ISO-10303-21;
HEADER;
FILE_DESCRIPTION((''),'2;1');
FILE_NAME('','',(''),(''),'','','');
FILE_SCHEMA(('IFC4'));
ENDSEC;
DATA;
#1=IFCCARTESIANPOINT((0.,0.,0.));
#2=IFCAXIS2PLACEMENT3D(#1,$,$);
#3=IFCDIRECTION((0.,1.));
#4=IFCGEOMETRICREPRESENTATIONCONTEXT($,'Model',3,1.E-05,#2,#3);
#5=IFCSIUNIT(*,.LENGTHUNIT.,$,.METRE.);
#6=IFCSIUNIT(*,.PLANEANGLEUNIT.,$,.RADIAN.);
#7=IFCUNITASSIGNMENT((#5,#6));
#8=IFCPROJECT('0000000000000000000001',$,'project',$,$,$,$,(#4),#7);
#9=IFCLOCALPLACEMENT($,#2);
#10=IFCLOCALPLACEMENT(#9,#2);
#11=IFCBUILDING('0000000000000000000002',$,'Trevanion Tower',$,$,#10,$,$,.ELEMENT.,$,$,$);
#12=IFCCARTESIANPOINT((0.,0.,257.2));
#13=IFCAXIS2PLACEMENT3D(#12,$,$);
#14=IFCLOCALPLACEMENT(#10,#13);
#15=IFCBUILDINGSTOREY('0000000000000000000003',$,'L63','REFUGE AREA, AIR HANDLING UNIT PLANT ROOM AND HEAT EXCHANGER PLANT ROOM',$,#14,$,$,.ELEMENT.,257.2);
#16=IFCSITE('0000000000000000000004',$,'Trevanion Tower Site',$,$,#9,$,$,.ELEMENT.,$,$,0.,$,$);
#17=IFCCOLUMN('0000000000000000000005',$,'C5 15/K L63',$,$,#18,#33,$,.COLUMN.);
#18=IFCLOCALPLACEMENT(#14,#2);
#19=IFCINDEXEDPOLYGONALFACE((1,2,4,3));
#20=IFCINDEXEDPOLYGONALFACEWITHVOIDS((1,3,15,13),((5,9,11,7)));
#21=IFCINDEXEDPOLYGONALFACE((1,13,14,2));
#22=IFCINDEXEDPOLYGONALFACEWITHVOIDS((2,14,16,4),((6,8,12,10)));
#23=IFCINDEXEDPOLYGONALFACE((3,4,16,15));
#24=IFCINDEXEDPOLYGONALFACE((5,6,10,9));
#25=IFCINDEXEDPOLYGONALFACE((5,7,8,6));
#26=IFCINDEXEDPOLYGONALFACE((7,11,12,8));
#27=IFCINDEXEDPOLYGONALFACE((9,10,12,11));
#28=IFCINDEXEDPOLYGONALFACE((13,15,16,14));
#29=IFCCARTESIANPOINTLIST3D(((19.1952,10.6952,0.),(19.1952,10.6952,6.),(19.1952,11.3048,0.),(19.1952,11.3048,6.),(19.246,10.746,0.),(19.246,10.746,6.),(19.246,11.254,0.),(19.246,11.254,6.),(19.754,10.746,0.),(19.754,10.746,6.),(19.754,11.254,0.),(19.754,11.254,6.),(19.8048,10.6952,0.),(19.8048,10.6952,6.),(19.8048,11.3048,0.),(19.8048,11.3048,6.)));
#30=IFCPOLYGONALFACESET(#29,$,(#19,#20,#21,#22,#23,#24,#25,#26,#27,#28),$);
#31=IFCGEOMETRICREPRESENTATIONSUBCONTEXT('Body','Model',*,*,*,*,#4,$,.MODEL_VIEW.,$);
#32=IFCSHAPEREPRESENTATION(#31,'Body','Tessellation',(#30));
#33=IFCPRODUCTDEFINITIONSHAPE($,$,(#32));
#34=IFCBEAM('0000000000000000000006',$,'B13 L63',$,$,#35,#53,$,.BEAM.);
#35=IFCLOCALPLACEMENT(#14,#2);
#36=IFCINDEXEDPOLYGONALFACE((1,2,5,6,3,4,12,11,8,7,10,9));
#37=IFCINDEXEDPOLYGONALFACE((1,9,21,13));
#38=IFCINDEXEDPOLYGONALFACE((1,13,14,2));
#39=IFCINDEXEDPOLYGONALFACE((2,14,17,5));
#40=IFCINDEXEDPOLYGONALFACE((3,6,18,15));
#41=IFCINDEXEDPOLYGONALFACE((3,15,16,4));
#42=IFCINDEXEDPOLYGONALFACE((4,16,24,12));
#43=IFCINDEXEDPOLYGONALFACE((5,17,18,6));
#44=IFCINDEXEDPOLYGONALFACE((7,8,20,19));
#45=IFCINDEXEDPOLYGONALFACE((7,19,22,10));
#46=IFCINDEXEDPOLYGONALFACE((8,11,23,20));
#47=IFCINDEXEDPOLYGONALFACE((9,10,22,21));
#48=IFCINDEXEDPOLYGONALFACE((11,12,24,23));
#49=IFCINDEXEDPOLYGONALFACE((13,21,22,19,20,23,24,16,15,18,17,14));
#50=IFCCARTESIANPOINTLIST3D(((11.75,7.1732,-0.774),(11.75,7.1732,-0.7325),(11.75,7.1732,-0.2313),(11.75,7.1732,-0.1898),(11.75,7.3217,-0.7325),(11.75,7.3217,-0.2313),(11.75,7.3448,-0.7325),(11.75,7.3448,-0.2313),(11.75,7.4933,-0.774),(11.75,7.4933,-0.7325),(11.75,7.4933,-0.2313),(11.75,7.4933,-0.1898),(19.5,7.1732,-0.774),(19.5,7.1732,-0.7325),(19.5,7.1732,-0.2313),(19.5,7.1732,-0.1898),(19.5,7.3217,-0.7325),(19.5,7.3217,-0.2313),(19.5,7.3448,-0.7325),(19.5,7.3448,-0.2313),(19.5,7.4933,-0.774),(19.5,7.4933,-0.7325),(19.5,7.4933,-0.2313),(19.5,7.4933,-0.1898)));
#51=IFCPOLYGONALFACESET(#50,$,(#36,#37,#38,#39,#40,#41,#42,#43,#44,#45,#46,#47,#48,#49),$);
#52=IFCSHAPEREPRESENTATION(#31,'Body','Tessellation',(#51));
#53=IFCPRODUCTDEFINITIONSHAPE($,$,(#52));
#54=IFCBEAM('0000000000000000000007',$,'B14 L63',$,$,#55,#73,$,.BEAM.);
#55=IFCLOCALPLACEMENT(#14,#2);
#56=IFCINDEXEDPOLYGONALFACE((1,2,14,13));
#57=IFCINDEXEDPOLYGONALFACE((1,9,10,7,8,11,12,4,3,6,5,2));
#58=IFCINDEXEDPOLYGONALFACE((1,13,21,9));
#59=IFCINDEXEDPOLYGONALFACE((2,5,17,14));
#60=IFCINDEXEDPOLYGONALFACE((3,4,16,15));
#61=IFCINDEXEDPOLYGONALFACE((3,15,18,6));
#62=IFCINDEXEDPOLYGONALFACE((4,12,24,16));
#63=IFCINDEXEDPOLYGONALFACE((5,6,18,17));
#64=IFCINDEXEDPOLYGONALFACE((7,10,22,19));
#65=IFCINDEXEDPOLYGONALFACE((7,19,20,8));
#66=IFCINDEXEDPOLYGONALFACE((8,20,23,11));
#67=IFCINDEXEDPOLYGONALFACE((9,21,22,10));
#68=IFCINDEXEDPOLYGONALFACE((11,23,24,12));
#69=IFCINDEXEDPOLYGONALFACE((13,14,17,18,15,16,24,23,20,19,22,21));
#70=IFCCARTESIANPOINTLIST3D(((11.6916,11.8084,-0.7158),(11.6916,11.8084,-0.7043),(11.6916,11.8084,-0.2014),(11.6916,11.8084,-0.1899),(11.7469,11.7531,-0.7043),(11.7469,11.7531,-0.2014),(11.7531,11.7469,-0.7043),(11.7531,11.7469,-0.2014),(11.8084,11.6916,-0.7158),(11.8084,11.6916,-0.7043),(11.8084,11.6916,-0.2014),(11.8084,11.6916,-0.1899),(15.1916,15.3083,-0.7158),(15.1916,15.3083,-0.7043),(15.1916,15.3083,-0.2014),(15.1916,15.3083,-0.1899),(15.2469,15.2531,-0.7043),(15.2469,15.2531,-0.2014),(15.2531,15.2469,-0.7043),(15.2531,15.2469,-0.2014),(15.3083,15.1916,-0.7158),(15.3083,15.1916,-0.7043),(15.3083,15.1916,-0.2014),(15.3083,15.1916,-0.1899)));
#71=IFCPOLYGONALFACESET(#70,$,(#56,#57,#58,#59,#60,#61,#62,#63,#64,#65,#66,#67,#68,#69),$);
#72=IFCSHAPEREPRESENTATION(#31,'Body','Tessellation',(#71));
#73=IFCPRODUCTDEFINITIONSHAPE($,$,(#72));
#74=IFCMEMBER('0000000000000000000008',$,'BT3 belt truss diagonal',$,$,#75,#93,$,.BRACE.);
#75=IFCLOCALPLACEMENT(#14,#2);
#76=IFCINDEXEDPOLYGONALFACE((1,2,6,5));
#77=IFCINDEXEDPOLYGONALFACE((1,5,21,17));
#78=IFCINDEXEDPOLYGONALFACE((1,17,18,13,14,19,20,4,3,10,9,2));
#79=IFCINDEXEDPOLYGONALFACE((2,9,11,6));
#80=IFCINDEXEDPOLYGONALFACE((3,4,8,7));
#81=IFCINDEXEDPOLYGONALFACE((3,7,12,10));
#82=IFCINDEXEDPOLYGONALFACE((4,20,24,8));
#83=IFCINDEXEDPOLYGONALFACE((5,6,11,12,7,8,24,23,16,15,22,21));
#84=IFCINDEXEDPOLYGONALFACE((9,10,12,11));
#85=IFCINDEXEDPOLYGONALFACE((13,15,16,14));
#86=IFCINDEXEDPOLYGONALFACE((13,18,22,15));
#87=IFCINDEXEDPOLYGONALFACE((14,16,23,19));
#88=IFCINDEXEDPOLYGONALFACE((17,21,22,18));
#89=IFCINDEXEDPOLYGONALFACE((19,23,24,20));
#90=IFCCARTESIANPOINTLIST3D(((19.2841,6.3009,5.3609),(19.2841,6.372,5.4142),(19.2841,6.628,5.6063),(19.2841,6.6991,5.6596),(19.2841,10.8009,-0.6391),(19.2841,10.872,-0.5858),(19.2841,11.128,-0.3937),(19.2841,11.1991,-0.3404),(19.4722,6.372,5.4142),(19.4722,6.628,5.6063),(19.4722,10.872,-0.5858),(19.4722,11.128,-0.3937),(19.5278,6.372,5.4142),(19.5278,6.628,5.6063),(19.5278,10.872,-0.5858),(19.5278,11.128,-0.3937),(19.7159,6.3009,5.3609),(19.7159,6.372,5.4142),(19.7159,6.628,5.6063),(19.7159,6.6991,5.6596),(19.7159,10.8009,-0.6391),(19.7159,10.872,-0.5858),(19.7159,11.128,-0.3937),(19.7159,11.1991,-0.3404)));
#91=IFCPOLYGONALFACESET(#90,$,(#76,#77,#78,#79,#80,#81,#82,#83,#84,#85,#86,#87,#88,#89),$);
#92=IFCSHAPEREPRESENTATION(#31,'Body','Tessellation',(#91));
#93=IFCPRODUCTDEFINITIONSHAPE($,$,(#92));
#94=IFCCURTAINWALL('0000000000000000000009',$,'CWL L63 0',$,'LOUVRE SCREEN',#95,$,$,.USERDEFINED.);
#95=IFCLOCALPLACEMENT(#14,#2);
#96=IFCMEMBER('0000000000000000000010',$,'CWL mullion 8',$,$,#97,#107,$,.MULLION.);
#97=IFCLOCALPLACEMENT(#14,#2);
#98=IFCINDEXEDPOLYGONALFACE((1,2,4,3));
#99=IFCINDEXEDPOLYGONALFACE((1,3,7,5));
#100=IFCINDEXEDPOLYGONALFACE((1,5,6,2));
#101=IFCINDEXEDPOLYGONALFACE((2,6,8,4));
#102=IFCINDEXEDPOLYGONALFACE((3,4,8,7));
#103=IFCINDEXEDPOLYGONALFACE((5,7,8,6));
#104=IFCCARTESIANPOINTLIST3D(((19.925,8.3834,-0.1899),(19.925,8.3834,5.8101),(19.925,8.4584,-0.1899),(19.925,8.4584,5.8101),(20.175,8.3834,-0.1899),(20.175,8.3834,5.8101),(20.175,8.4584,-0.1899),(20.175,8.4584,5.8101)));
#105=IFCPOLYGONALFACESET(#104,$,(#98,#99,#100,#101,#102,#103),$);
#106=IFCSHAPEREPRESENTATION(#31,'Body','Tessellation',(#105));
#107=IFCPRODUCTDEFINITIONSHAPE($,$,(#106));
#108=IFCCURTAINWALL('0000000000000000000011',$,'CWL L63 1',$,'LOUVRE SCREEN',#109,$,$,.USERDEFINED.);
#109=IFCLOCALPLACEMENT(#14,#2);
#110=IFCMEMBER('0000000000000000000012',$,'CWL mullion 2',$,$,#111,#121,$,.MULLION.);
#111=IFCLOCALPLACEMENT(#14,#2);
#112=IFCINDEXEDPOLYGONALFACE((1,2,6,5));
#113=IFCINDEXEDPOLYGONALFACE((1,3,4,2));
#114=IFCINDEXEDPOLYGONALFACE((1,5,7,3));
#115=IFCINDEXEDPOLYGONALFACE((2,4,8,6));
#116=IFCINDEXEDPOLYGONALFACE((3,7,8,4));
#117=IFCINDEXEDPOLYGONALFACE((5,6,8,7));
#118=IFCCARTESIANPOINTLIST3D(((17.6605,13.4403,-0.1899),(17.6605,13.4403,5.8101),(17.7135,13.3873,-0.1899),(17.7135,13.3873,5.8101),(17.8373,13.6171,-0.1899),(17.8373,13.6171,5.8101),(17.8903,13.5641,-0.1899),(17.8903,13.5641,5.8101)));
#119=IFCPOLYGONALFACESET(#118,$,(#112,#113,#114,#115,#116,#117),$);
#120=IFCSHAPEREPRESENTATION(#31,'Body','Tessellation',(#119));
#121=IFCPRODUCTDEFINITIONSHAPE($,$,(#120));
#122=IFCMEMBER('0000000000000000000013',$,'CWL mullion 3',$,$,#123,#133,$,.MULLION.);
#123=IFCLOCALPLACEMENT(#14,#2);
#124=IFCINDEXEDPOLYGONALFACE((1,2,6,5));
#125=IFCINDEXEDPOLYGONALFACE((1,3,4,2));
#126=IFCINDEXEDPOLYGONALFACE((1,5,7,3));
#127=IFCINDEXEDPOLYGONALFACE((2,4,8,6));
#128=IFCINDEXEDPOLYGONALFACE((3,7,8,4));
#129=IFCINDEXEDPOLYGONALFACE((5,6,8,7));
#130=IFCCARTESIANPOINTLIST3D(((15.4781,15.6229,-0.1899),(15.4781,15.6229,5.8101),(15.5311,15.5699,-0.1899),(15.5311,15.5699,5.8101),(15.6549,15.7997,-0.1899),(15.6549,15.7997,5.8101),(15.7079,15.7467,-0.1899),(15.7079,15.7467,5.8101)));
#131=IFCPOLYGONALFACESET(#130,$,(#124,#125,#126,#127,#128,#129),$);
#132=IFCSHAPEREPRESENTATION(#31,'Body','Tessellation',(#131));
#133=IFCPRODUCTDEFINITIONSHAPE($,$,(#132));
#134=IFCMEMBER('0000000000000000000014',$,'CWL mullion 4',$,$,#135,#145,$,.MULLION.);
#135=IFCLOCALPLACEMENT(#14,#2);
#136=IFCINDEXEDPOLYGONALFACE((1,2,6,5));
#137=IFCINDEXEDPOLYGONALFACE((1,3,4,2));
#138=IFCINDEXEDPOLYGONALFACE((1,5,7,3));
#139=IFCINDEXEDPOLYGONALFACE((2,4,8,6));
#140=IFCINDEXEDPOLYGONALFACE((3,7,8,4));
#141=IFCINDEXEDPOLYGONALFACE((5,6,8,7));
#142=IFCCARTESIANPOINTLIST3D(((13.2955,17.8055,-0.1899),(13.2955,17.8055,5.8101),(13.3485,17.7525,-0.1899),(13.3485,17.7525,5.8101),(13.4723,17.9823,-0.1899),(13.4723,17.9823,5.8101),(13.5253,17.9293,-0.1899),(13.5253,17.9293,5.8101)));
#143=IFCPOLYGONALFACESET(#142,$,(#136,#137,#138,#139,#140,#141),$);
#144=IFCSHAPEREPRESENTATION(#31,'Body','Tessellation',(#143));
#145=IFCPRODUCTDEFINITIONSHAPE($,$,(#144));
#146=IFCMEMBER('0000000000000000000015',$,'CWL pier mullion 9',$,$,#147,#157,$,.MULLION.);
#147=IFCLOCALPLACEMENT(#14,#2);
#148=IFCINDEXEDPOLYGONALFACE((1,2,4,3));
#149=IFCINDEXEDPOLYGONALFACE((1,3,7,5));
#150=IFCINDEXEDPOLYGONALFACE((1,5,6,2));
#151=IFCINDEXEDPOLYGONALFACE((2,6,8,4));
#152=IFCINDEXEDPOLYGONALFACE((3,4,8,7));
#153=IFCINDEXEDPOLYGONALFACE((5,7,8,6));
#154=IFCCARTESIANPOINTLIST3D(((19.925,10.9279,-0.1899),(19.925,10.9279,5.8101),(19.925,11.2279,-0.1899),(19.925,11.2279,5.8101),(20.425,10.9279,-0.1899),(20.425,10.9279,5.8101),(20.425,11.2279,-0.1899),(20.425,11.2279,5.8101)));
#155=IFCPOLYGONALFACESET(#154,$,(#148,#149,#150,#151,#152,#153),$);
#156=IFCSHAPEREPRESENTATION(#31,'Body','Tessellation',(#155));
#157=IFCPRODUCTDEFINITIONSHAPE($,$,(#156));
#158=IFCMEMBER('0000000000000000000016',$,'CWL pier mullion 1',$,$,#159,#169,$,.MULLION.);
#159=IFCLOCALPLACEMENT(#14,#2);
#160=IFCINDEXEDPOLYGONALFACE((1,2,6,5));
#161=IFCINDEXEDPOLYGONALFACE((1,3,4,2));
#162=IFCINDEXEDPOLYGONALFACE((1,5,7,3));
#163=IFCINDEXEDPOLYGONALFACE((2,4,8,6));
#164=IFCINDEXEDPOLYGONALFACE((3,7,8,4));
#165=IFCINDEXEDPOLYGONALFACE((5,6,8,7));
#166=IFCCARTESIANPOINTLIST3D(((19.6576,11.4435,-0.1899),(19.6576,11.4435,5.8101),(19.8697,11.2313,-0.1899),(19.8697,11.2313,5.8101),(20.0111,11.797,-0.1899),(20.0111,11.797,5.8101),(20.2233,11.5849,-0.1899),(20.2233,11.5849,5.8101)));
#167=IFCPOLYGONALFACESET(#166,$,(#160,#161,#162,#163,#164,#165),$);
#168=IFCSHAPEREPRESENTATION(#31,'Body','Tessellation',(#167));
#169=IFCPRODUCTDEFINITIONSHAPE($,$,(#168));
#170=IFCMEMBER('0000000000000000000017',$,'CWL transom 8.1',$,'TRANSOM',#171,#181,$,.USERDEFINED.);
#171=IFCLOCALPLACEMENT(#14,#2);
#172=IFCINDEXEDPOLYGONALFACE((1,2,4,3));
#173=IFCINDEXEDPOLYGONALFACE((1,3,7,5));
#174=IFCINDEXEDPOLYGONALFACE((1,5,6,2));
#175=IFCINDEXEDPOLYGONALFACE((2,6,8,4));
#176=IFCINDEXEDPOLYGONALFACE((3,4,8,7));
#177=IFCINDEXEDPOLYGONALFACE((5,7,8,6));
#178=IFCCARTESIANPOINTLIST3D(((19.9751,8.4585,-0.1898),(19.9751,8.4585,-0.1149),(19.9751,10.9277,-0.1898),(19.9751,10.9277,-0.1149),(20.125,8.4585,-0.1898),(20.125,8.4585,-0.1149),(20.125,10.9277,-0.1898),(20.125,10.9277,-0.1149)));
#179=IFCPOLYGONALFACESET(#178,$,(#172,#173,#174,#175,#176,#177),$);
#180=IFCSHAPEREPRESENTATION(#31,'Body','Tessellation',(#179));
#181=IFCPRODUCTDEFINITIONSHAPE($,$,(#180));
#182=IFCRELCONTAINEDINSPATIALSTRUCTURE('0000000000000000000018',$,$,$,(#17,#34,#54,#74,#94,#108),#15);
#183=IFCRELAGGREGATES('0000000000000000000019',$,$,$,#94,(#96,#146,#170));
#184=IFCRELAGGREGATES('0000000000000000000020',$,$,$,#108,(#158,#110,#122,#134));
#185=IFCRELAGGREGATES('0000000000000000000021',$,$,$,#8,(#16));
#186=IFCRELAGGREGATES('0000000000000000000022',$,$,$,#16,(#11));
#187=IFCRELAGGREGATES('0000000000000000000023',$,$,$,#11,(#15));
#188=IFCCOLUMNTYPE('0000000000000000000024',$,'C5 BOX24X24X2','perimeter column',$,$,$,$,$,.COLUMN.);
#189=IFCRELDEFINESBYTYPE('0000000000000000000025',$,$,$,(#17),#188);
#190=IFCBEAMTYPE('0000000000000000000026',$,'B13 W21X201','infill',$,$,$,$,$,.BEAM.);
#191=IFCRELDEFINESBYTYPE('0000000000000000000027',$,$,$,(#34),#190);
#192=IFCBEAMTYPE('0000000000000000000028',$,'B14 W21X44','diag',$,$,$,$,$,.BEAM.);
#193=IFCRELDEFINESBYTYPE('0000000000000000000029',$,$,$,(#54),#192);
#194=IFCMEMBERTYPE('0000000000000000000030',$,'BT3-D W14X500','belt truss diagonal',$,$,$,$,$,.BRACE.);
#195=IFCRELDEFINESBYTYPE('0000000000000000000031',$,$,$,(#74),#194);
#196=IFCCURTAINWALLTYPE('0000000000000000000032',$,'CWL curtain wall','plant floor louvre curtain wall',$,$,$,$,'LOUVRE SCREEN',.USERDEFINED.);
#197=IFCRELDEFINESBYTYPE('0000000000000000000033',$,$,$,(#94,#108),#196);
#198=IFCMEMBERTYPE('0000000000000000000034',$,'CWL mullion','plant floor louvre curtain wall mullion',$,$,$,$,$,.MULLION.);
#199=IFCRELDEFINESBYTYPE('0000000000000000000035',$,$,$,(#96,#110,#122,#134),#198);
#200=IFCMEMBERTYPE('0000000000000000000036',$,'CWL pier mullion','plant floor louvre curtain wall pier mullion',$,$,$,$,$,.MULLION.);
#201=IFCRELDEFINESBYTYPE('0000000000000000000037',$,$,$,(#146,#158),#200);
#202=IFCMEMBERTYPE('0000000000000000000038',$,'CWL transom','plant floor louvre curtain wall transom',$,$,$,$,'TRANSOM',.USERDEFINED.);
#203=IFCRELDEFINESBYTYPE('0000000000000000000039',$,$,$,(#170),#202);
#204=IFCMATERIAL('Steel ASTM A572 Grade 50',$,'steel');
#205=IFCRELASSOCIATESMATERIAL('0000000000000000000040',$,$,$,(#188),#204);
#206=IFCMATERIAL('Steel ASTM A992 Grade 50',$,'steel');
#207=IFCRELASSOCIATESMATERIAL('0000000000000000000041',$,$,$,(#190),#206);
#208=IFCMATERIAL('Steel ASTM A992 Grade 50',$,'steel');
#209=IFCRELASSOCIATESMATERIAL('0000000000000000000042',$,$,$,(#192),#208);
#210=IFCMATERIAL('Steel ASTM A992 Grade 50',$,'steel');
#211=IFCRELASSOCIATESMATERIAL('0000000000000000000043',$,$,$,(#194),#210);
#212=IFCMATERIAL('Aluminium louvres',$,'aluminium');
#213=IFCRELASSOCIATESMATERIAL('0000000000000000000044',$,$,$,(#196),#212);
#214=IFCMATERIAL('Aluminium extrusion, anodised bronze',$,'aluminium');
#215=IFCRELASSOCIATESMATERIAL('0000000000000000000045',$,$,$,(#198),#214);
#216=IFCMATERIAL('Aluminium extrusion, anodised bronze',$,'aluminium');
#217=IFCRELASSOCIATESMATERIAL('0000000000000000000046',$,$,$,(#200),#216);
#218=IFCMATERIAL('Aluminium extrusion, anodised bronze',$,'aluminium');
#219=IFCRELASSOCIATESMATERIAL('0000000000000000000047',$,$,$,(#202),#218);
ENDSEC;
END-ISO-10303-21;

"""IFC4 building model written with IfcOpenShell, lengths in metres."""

from ifc_helpers import new_model, si_unit, direction, frame, origin, origin_2d, place, context, subcontext, project, spatial, rectangle, hollow_rectangle, i_section, extrude, material, material_profile, profile_set, type_object, element, aggregate, save


model = new_model("IFC4")

# Units and contexts
model_context = context("Model", 3, precision=1e-05, world=origin(), true_north=direction((0.0, 1.0)))
body_context = subcontext(model_context, "Body", "Model", "MODEL_VIEW")
ifc_project = project(units=[si_unit("LENGTHUNIT", "METRE"), si_unit("PLANEANGLEUNIT", "RADIAN")], contexts=[model_context])

# Site, building, storey
site_placement = place(None, origin())
site = spatial("IfcSite", under=ifc_project, at=site_placement, Name="Trevanion Tower Site", CompositionType="ELEMENT", RefElevation=0.0)
building_placement = place(site_placement, origin())
building = spatial("IfcBuilding", under=site, at=building_placement, Name="Trevanion Tower", CompositionType="ELEMENT")
storey_placement = place(building_placement, frame((0.0, 0.0, 257.2)))
storey = spatial("IfcBuildingStorey", under=building, at=storey_placement, Name="L63", Description="REFUGE AREA, AIR HANDLING UNIT PLANT ROOM AND HEAT EXCHANGER PLANT ROOM", CompositionType="ELEMENT", Elevation=257.2)

# Column
ifc_material_1 = material(Name="Steel ASTM A572 Grade 50", Category="steel")
ifc_material_profile_1 = material_profile(ifc_material_1, hollow_rectangle(XDim=0.6096, YDim=0.6096, WallThickness=0.0508, at=origin_2d()), Name="BOX24X24X2")
ifc_profile_set_1 = profile_set([ifc_material_profile_1], Name="Steel ASTM A572 Grade 50")
column_type = type_object("IfcColumnType", Name="C5 BOX24X24X2", Description="perimeter column", PredefinedType="COLUMN", material=ifc_profile_set_1)
column_placement = place(storey_placement, frame((19.5, 11.0, 0.0), z_axis=(0.0, 0.0, 1.0), x_axis=(0.0, 1.0, 0.0)))
element("IfcColumn", 1, at=column_placement, inside=storey, type_object=column_type, Name="C5 15/K L63", PredefinedType="COLUMN", context=body_context, shape_type="SweptSolid", body=[
    extrude(hollow_rectangle(XDim=0.6096, YDim=0.6096, WallThickness=0.0508, at=origin_2d()), origin(), (0.0, 0.0, 1.0), 6.0),
])

# Beams
ifc_material_2 = material(Name="Steel ASTM A992 Grade 50", Category="steel")
ifc_material_profile_2 = material_profile(ifc_material_2, i_section(OverallWidth=0.3201, OverallDepth=0.5842, WebThickness=0.0232, FlangeThickness=0.0415, at=origin_2d()), Name="W21X201")
ifc_profile_set_2 = profile_set([ifc_material_profile_2], Name="Steel ASTM A992 Grade 50")
beam_type_1 = type_object("IfcBeamType", Name="B13 W21X201", Description="infill", PredefinedType="BEAM", material=ifc_profile_set_2)
beam_1_placement = place(storey_placement, frame((11.75, 7.3333, -0.4819), z_axis=(1.0, 0.0, 0.0), x_axis=(0.0, 1.0, 0.0)))
element("IfcBeam", 2, at=beam_1_placement, inside=storey, type_object=beam_type_1, Name="B13 L63", PredefinedType="BEAM", context=body_context, shape_type="SweptSolid", body=[
    extrude(i_section(OverallWidth=0.3201, OverallDepth=0.5842, WebThickness=0.0232, FlangeThickness=0.0415, at=origin_2d()), origin(), (0.0, 0.0, 1.0), 7.75),
])
ifc_material_3 = material(Name="Steel ASTM A992 Grade 50", Category="steel")
ifc_material_profile_3 = material_profile(ifc_material_3, i_section(OverallWidth=0.165, OverallDepth=0.5259, WebThickness=0.0088, FlangeThickness=0.0115, at=origin_2d()), Name="W21X44")
ifc_profile_set_3 = profile_set([ifc_material_profile_3], Name="Steel ASTM A992 Grade 50")
beam_type_2 = type_object("IfcBeamType", Name="B14 W21X44", Description="diag", PredefinedType="BEAM", material=ifc_profile_set_3)
beam_2_placement = place(storey_placement, frame((11.75, 11.75, -0.4529), z_axis=(0.707107, 0.707107, 0.0), x_axis=(-0.707107, 0.707107, 0.0)))
element("IfcBeam", 3, at=beam_2_placement, inside=storey, type_object=beam_type_2, Name="B14 L63", PredefinedType="BEAM", context=body_context, shape_type="SweptSolid", body=[
    extrude(i_section(OverallWidth=0.165, OverallDepth=0.5259, WebThickness=0.0088, FlangeThickness=0.0115, at=origin_2d()), origin(), (0.0, 0.0, 1.0), 4.9497),
])

# Member
ifc_material_4 = material(Name="Steel ASTM A992 Grade 50", Category="steel")
ifc_material_profile_4 = material_profile(ifc_material_4, i_section(OverallWidth=0.4319, OverallDepth=0.4978, WebThickness=0.0557, FlangeThickness=0.0889, at=origin_2d()), Name="W14X500")
ifc_profile_set_4 = profile_set([ifc_material_profile_4], Name="Steel ASTM A992 Grade 50")
member_type_1 = type_object("IfcMemberType", Name="BT3-D W14X500", Description="belt truss diagonal", PredefinedType="BRACE", material=ifc_profile_set_4)
member_1_placement = place(storey_placement, frame((19.5, 11.0, -0.4897), z_axis=(0.0, -0.6, 0.8), x_axis=(1.0, 0.0, 0.0)))
element("IfcMember", 4, at=member_1_placement, inside=storey, type_object=member_type_1, Name="BT3 belt truss diagonal", PredefinedType="BRACE", context=body_context, shape_type="SweptSolid", body=[
    extrude(i_section(OverallWidth=0.4319, OverallDepth=0.4978, WebThickness=0.0557, FlangeThickness=0.0889, at=origin_2d()), origin(), (0.0, 0.0, 1.0), 7.5),
])

# Curtain wall, member
ifc_material_5 = material(Name="Aluminium louvres", Category="aluminium")
curtain_wall_type = type_object("IfcCurtainWallType", Name="CWL curtain wall", Description="plant floor louvre curtain wall", ElementType="LOUVRE SCREEN", PredefinedType="USERDEFINED", material=ifc_material_5)
curtain_wall_1_placement = place(storey_placement, origin())
curtain_wall_1 = element("IfcCurtainWall", 5, at=curtain_wall_1_placement, inside=storey, type_object=curtain_wall_type, Name="CWL L63 0", ObjectType="LOUVRE SCREEN", PredefinedType="USERDEFINED")
ifc_material_6 = material(Name="Aluminium extrusion, anodised bronze", Category="aluminium")
ifc_material_profile_5 = material_profile(ifc_material_6, rectangle(XDim=0.075, YDim=0.25, at=origin_2d()), Name="CWL mullion")
ifc_profile_set_5 = profile_set([ifc_material_profile_5], Name="Aluminium extrusion, anodised bronze")
member_type_2 = type_object("IfcMemberType", Name="CWL mullion", Description="plant floor louvre curtain wall mullion", PredefinedType="MULLION", material=ifc_profile_set_5)
member_2_placement = place(storey_placement, frame((20.05, 8.4209, -0.1899), z_axis=(0.0, 0.0, 1.0), x_axis=(0.0, 1.0, 0.0)))
member_2 = element("IfcMember", 6, at=member_2_placement, type_object=member_type_2, Name="CWL mullion 8", PredefinedType="MULLION", context=body_context, shape_type="SweptSolid", body=[
    extrude(rectangle(XDim=0.075, YDim=0.25, at=origin_2d()), origin(), (0.0, 0.0, 1.0), 6.0),
])

# Curtain wall, members
curtain_wall_2_placement = place(storey_placement, origin())
curtain_wall_2 = element("IfcCurtainWall", 7, at=curtain_wall_2_placement, inside=storey, type_object=curtain_wall_type, Name="CWL L63 1", ObjectType="LOUVRE SCREEN", PredefinedType="USERDEFINED")
member_3_placement = place(storey_placement, frame((17.7754, 13.5022, -0.1899), z_axis=(0.0, 0.0, 1.0), x_axis=(-0.707107, 0.707107, 0.0)))
member_3 = element("IfcMember", 8, at=member_3_placement, type_object=member_type_2, Name="CWL mullion 2", PredefinedType="MULLION", context=body_context, shape_type="SweptSolid", body=[
    extrude(rectangle(XDim=0.075, YDim=0.25, at=origin_2d()), origin(), (0.0, 0.0, 1.0), 6.0),
])
member_4_placement = place(storey_placement, frame((15.593, 15.6848, -0.1899), z_axis=(0.0, 0.0, 1.0), x_axis=(-0.707107, 0.707107, 0.0)))
member_4 = element("IfcMember", 9, at=member_4_placement, type_object=member_type_2, Name="CWL mullion 3", PredefinedType="MULLION", context=body_context, shape_type="SweptSolid", body=[
    extrude(rectangle(XDim=0.075, YDim=0.25, at=origin_2d()), origin(), (0.0, 0.0, 1.0), 6.0),
])
member_5_placement = place(storey_placement, frame((13.4104, 17.8674, -0.1899), z_axis=(0.0, 0.0, 1.0), x_axis=(-0.707107, 0.707107, 0.0)))
member_5 = element("IfcMember", 10, at=member_5_placement, type_object=member_type_2, Name="CWL mullion 4", PredefinedType="MULLION", context=body_context, shape_type="SweptSolid", body=[
    extrude(rectangle(XDim=0.075, YDim=0.25, at=origin_2d()), origin(), (0.0, 0.0, 1.0), 6.0),
])

# Members
ifc_material_7 = material(Name="Aluminium extrusion, anodised bronze", Category="aluminium")
ifc_material_profile_6 = material_profile(ifc_material_7, rectangle(XDim=0.3, YDim=0.5, at=origin_2d()), Name="CWL pier mullion")
ifc_profile_set_6 = profile_set([ifc_material_profile_6], Name="Aluminium extrusion, anodised bronze")
member_type_3 = type_object("IfcMemberType", Name="CWL pier mullion", Description="plant floor louvre curtain wall pier mullion", PredefinedType="MULLION", material=ifc_profile_set_6)
member_6_placement = place(storey_placement, frame((20.175, 11.0779, -0.1899), z_axis=(0.0, 0.0, 1.0), x_axis=(0.0, 1.0, 0.0)))
member_6 = element("IfcMember", 11, at=member_6_placement, type_object=member_type_3, Name="CWL pier mullion 9", PredefinedType="MULLION", context=body_context, shape_type="SweptSolid", body=[
    extrude(rectangle(XDim=0.3, YDim=0.5, at=origin_2d()), origin(), (0.0, 0.0, 1.0), 6.0),
])
member_7_placement = place(storey_placement, frame((19.9404, 11.5142, -0.1899), z_axis=(0.0, 0.0, 1.0), x_axis=(-0.707107, 0.707107, 0.0)))
member_7 = element("IfcMember", 12, at=member_7_placement, type_object=member_type_3, Name="CWL pier mullion 1", PredefinedType="MULLION", context=body_context, shape_type="SweptSolid", body=[
    extrude(rectangle(XDim=0.3, YDim=0.5, at=origin_2d()), origin(), (0.0, 0.0, 1.0), 6.0),
])
ifc_material_8 = material(Name="Aluminium extrusion, anodised bronze", Category="aluminium")
ifc_material_profile_7 = material_profile(ifc_material_8, rectangle(XDim=0.1499, YDim=0.075, at=origin_2d()), Name="CWL transom")
ifc_profile_set_7 = profile_set([ifc_material_profile_7], Name="Aluminium extrusion, anodised bronze")
member_type_4 = type_object("IfcMemberType", Name="CWL transom", Description="plant floor louvre curtain wall transom", ElementType="TRANSOM", PredefinedType="USERDEFINED", material=ifc_profile_set_7)
member_8_placement = place(storey_placement, frame((20.05, 8.4585, -0.1523), z_axis=(0.0, 1.0, 0.0), x_axis=(-1.0, 0.0, 0.0)))
member_8 = element("IfcMember", 13, at=member_8_placement, type_object=member_type_4, Name="CWL transom 8.1", ObjectType="TRANSOM", PredefinedType="USERDEFINED", context=body_context, shape_type="SweptSolid", body=[
    extrude(rectangle(XDim=0.1499, YDim=0.075, at=origin_2d()), origin(), (0.0, 0.0, 1.0), 2.4692),
])

aggregate(curtain_wall_1, [member_2, member_6, member_8])
aggregate(curtain_wall_2, [member_7, member_3, member_4, member_5])

save(model, "model.ifc")
